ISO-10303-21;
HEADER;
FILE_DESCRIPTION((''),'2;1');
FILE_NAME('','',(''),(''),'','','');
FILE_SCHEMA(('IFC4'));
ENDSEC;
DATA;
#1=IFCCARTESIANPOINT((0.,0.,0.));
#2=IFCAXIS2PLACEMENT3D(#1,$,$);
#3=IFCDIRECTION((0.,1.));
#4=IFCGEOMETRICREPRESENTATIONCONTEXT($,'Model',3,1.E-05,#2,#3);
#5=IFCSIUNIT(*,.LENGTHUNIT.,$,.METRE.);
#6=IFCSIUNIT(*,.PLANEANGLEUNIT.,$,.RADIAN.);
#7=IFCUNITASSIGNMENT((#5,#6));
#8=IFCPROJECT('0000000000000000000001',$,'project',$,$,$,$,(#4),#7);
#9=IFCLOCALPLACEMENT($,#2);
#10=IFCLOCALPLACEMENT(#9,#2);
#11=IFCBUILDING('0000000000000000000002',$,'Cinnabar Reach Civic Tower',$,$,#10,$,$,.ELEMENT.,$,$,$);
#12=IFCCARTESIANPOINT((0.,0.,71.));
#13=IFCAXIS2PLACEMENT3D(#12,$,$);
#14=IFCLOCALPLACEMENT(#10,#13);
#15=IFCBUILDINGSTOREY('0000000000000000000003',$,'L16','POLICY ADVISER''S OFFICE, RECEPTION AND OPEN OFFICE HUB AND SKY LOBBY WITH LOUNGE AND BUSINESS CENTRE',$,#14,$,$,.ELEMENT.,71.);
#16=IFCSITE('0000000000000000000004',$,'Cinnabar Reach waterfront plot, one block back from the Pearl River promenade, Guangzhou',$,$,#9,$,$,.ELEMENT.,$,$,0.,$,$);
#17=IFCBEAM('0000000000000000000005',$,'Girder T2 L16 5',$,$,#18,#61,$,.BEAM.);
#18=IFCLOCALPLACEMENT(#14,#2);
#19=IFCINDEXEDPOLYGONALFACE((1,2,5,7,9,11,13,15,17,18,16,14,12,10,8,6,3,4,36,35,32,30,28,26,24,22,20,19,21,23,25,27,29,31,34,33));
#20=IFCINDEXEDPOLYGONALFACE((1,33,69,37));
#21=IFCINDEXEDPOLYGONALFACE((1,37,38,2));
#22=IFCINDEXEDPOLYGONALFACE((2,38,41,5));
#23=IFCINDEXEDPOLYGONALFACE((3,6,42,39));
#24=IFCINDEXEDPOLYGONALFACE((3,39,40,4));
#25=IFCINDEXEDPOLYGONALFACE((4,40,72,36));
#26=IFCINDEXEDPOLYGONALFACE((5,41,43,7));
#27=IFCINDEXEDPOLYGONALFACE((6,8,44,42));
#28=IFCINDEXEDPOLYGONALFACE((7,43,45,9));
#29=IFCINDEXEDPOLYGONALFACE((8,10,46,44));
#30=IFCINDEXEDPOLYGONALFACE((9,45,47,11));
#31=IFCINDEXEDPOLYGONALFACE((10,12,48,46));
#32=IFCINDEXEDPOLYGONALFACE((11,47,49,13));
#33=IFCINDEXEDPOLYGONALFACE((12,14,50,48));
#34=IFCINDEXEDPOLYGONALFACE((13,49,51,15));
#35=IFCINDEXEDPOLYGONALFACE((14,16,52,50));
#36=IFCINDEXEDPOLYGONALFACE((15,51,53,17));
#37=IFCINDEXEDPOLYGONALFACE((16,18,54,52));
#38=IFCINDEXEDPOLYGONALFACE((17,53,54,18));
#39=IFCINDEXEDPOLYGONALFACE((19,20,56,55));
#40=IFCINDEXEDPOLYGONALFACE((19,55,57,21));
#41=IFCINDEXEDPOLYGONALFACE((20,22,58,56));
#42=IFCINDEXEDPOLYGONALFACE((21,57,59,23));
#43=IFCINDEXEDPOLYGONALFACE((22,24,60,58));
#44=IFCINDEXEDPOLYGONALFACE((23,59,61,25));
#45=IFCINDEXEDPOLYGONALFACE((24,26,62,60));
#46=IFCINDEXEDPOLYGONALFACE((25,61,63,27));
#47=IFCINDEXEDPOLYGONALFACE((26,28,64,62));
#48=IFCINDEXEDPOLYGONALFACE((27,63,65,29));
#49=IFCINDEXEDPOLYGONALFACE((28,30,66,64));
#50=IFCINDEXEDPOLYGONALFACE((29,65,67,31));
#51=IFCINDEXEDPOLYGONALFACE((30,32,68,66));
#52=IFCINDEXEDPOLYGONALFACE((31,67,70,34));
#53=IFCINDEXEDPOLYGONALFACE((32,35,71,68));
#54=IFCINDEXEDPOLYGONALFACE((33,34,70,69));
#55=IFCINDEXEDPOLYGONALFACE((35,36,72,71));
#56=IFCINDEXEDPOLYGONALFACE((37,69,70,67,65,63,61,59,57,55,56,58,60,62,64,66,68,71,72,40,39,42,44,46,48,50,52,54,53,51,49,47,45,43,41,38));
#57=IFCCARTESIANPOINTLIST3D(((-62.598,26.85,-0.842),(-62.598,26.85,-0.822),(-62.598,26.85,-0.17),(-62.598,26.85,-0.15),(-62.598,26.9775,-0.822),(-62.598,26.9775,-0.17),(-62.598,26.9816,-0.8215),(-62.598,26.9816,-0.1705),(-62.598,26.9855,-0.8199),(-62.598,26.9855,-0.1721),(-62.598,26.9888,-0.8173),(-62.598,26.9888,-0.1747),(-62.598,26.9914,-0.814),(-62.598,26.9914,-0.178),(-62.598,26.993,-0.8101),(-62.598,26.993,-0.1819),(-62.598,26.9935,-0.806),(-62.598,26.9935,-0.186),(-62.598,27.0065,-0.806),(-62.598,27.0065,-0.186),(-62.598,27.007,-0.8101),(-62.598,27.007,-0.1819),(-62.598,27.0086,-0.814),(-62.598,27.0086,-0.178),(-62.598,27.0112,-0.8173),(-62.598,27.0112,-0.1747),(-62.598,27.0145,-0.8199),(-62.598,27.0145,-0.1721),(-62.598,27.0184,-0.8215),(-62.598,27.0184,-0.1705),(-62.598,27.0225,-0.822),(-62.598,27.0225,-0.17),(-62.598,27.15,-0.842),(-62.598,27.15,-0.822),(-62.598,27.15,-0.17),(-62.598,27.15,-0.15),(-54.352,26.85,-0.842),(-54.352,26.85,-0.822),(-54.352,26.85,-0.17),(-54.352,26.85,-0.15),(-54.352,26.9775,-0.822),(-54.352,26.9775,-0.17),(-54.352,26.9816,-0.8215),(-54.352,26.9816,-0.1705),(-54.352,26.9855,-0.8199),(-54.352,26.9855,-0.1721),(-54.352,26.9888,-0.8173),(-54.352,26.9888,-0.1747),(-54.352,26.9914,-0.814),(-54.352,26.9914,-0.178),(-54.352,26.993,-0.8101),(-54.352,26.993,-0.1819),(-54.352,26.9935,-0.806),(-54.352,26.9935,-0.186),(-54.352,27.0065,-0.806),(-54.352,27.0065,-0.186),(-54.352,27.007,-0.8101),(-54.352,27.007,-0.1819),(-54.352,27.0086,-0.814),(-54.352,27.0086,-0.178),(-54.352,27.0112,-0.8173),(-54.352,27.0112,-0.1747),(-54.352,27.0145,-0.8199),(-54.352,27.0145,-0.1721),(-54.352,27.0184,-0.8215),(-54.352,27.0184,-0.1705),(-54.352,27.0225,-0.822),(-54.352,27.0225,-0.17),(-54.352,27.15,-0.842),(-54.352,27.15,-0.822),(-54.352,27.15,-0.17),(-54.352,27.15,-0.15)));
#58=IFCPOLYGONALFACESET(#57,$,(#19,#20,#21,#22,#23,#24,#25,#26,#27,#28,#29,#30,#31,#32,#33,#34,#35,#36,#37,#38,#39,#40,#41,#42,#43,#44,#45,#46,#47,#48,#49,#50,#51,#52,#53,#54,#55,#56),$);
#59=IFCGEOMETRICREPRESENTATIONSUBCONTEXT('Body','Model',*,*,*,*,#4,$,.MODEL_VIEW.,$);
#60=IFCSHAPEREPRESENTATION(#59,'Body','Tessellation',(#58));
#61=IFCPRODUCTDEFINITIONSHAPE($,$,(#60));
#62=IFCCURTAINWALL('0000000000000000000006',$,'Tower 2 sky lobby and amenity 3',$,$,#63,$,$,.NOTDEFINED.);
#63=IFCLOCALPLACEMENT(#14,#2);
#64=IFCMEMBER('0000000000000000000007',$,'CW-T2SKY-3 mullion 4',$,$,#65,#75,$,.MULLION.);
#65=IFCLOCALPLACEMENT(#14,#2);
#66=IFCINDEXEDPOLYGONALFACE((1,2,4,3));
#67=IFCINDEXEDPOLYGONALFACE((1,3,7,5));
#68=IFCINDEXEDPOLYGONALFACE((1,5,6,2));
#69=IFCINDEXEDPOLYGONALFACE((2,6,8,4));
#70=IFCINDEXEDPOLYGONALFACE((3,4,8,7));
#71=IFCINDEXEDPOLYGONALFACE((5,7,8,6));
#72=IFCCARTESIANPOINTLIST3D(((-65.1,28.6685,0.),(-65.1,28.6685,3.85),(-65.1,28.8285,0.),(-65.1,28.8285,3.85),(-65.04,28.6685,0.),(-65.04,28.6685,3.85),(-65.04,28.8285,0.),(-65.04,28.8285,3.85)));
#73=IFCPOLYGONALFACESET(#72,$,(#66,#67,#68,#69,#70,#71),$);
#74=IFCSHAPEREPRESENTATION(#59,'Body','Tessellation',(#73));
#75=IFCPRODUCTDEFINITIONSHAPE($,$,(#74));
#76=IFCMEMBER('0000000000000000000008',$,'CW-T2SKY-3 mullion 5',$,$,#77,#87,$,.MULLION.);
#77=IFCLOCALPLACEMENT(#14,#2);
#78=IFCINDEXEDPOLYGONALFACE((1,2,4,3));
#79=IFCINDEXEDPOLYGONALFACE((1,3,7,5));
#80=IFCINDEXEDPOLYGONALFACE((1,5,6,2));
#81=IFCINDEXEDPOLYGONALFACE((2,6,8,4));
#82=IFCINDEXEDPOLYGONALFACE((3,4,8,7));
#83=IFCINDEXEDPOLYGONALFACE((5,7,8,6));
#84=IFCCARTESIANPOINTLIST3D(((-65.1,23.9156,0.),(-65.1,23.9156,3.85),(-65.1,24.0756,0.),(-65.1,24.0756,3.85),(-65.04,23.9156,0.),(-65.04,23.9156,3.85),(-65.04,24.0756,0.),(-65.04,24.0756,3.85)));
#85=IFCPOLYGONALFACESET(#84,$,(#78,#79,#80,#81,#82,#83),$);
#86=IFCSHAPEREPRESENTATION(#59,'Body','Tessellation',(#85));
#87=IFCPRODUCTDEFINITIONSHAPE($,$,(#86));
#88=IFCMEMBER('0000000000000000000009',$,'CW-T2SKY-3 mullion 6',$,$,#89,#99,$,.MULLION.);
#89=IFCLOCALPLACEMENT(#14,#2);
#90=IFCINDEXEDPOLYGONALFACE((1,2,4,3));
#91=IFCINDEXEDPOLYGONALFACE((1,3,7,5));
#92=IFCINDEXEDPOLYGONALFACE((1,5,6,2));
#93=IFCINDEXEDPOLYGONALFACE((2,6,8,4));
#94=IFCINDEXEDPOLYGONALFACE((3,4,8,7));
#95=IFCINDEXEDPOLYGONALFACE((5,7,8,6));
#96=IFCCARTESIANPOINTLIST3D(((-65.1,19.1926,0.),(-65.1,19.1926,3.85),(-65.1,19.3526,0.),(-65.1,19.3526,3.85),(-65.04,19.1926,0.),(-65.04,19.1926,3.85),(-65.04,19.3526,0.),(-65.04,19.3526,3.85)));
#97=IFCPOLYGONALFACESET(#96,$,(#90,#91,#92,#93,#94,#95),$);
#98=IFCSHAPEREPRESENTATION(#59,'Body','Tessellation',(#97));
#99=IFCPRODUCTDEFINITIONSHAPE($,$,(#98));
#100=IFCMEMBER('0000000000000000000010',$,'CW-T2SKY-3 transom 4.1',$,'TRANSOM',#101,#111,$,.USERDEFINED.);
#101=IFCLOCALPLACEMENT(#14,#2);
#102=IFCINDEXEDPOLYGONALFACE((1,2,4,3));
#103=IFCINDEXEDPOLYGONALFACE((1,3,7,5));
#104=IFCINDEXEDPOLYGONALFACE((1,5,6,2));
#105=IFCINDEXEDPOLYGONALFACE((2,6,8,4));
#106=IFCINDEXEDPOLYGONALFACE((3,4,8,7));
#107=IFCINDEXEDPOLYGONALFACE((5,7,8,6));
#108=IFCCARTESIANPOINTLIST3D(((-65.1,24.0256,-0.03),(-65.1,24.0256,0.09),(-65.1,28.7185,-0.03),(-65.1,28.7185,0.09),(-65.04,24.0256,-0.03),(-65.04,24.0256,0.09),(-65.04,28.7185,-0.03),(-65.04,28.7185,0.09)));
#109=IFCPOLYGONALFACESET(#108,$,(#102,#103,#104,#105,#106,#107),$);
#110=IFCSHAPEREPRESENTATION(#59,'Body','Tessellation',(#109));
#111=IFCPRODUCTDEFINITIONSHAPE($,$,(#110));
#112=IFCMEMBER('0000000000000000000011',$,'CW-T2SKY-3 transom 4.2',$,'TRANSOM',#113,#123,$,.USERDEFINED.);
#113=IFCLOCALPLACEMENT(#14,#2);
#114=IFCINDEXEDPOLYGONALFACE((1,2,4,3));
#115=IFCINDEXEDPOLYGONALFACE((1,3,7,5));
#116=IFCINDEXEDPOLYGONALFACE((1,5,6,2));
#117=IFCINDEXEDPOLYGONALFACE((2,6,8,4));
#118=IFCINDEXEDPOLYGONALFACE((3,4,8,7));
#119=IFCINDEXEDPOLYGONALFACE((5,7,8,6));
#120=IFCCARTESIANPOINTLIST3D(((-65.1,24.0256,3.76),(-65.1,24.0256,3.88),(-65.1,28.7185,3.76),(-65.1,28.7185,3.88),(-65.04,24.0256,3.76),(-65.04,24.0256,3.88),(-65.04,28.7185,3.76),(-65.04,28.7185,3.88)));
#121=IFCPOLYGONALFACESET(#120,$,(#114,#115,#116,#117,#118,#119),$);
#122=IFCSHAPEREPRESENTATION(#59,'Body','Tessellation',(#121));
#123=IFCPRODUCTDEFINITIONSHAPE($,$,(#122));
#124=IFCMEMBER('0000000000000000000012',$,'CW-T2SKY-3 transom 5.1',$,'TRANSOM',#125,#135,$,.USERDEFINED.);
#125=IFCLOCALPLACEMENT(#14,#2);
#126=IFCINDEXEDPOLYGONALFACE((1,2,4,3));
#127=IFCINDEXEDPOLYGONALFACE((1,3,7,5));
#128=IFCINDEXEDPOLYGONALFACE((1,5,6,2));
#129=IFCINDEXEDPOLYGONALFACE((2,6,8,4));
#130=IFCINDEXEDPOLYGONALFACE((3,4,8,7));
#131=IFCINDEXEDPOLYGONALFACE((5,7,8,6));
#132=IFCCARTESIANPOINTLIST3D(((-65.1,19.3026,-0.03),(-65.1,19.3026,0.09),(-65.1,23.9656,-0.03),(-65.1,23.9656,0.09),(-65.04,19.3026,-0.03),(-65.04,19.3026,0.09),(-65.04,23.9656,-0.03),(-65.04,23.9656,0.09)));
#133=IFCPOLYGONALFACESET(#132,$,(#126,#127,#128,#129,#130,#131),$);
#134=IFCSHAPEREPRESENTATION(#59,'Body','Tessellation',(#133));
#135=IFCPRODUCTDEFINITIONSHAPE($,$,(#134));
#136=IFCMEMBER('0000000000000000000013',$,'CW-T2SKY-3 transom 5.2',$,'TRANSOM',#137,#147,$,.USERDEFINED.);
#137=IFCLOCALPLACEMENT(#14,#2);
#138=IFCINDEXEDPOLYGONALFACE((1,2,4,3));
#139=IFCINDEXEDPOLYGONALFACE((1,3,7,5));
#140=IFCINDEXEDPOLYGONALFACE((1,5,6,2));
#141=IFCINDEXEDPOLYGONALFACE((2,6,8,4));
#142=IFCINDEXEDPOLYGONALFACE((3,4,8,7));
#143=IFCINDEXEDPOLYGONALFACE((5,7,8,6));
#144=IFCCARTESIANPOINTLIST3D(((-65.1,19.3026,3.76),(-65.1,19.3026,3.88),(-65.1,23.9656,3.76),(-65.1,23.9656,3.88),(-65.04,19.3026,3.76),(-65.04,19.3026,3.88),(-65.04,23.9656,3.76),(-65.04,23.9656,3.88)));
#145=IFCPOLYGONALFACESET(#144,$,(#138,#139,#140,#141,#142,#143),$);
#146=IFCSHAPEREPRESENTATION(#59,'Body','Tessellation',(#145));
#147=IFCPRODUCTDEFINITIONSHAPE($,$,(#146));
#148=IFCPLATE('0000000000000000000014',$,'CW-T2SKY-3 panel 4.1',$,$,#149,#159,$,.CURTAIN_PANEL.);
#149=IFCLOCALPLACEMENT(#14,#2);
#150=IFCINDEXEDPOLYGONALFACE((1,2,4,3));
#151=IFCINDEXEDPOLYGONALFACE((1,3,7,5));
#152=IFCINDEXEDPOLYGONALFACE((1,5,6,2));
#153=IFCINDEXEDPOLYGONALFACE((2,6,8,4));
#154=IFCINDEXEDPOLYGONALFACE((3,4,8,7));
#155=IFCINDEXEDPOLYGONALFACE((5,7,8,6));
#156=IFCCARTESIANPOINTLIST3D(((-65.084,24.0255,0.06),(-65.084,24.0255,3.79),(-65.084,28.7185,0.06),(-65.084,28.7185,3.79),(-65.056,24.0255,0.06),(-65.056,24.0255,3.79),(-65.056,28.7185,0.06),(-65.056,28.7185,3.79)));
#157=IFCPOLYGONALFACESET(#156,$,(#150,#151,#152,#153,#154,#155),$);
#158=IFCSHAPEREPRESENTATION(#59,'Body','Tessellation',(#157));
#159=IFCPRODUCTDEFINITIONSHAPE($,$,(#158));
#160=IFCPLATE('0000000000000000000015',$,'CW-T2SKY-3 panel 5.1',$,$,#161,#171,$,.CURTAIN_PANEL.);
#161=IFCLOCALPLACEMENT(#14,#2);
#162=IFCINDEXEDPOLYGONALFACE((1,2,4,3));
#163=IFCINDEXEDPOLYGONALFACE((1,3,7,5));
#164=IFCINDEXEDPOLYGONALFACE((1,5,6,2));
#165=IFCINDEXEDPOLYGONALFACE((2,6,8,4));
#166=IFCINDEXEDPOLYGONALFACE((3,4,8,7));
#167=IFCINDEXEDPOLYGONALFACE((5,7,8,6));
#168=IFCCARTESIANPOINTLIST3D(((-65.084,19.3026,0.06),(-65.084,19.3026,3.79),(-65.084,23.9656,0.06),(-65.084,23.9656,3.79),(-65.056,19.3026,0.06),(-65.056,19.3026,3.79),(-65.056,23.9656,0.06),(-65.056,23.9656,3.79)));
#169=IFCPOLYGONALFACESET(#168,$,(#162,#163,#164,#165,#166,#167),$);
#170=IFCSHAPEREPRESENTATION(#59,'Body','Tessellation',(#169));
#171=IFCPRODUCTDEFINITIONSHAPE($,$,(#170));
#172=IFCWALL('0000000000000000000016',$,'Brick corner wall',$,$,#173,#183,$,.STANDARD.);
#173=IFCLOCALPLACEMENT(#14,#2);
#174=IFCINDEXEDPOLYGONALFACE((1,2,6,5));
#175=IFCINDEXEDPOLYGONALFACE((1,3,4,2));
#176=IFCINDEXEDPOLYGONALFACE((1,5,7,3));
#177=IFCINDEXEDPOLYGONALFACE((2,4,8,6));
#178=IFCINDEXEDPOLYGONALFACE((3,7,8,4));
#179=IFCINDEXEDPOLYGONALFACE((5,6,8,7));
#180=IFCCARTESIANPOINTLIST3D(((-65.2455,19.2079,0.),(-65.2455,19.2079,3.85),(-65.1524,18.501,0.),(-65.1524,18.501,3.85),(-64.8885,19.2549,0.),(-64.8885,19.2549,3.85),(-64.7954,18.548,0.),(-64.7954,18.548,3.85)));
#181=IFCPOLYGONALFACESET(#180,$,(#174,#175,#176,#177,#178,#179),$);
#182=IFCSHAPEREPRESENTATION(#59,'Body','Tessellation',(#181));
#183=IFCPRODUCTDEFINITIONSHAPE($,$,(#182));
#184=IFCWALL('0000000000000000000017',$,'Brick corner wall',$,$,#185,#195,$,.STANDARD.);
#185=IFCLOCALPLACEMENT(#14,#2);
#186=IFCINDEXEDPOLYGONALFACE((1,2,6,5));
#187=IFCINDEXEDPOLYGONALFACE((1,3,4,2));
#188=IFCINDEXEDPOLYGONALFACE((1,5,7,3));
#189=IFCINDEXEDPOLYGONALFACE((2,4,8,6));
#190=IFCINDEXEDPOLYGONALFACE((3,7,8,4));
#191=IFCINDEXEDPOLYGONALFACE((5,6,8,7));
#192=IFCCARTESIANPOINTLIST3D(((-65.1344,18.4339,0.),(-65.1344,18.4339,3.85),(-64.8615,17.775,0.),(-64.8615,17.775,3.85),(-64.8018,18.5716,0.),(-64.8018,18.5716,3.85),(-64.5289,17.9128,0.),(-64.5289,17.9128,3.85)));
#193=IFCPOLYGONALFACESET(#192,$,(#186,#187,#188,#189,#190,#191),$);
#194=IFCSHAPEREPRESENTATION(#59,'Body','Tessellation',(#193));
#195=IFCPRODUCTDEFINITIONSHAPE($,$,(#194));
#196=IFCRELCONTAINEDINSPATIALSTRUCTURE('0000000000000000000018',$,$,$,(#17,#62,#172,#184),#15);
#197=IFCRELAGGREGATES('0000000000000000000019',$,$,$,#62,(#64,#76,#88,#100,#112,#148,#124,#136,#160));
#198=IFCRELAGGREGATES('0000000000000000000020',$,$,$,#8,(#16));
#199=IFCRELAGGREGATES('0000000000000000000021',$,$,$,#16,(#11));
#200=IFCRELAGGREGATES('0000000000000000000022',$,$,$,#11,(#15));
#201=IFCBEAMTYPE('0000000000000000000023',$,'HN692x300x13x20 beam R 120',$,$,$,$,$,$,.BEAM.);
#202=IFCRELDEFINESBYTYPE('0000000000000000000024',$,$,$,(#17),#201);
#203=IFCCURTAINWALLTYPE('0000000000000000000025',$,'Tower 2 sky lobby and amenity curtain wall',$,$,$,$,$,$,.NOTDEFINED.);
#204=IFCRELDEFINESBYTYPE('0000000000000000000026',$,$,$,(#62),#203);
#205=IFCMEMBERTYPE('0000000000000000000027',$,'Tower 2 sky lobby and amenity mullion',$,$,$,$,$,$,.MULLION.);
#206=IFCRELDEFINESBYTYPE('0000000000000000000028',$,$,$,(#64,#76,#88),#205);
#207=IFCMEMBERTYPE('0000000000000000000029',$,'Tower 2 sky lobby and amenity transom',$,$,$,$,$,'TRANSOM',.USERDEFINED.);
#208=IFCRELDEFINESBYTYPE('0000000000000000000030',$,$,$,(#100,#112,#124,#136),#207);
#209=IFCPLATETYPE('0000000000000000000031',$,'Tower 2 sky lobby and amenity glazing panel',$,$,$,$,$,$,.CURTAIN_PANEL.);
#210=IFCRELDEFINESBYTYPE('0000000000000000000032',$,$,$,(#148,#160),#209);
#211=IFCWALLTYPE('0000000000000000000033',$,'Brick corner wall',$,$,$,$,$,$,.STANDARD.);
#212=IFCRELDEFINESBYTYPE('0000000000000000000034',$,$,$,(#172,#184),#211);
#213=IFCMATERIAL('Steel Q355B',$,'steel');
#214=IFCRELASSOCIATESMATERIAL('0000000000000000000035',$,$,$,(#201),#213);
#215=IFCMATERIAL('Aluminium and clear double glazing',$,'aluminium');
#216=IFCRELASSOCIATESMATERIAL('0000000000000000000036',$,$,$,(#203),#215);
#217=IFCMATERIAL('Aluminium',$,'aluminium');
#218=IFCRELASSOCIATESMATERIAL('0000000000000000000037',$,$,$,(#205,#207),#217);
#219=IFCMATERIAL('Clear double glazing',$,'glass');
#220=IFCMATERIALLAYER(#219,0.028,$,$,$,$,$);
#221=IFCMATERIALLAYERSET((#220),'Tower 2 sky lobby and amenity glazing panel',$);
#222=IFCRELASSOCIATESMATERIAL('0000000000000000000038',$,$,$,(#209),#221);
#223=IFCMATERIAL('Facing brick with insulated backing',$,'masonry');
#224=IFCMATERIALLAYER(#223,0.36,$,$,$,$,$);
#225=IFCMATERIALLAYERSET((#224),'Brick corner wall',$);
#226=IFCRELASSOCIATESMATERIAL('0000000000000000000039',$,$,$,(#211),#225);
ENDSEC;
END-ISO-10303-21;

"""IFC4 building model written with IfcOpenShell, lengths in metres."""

from ifc_helpers import new_model, si_unit, direction, frame, frame_2d, origin, origin_2d, place, context, subcontext, project, spatial, rectangle, i_section, extrude, material, layer, layer_set, material_profile, profile_set, type_object, element, aggregate, save


model = new_model("IFC4")

# Units and contexts
model_context = context("Model", 3, precision=1e-05, world=origin(), true_north=direction((0.0, 1.0)))
body_context = subcontext(model_context, "Body", "Model", "MODEL_VIEW")
ifc_project = project(units=[si_unit("LENGTHUNIT", "METRE"), si_unit("PLANEANGLEUNIT", "RADIAN")], contexts=[model_context])

# Site, building, storey
site_placement = place(None, origin())
site = spatial("IfcSite", under=ifc_project, at=site_placement, Name="Cinnabar Reach waterfront plot, one block back from the Pearl River promenade, Guangzhou", CompositionType="ELEMENT", RefElevation=0.0)
building_placement = place(site_placement, origin())
building = spatial("IfcBuilding", under=site, at=building_placement, Name="Cinnabar Reach Civic Tower", CompositionType="ELEMENT")
storey_placement = place(building_placement, frame((0.0, 0.0, 71.0)))
storey = spatial("IfcBuildingStorey", under=building, at=storey_placement, Name="L16", Description="POLICY ADVISER'S OFFICE, RECEPTION AND OPEN OFFICE HUB AND SKY LOBBY WITH LOUNGE AND BUSINESS CENTRE", CompositionType="ELEMENT", Elevation=71.0)

# Beam
ifc_material_1 = material(Name="Steel Q355B", Category="steel")
ifc_material_profile_1 = material_profile(ifc_material_1, i_section(OverallWidth=0.3, OverallDepth=0.692, WebThickness=0.013, FlangeThickness=0.02, FilletRadius=0.016, at=origin_2d()), Name="HN692x300x13x20")
ifc_profile_set_1 = profile_set([ifc_material_profile_1], Name="Steel Q355B")
beam_type_1 = type_object("IfcBeamType", Name="HN692x300x13x20 beam R 120", PredefinedType="BEAM", material=ifc_profile_set_1)
beam_1_placement = place(storey_placement, frame((-62.598, 27.0, -0.496), z_axis=(1.0, 0.0, 0.0), x_axis=(0.0, 1.0, 0.0)))
element("IfcBeam", 1, at=beam_1_placement, inside=storey, type_object=beam_type_1, Name="Girder T2 L16 5", PredefinedType="BEAM", context=body_context, shape_type="SweptSolid", body=[
    extrude(i_section(OverallWidth=0.3, OverallDepth=0.692, WebThickness=0.013, FlangeThickness=0.02, FilletRadius=0.016, at=origin_2d()), origin(), (0.0, 0.0, 1.0), 8.246),
])

# Curtain wall, members, plates
ifc_material_2 = material(Name="Aluminium and clear double glazing", Category="aluminium")
curtain_wall_type = type_object("IfcCurtainWallType", Name="Tower 2 sky lobby and amenity curtain wall", PredefinedType="NOTDEFINED", material=ifc_material_2)
curtain_wall_placement = place(storey_placement, origin())
curtain_wall = element("IfcCurtainWall", 2, at=curtain_wall_placement, inside=storey, type_object=curtain_wall_type, Name="Tower 2 sky lobby and amenity 3", PredefinedType="NOTDEFINED")
ifc_material_3 = material(Name="Aluminium", Category="aluminium")
ifc_material_profile_2 = material_profile(ifc_material_3, rectangle(XDim=0.06, YDim=0.16, at=origin_2d()), Name="Tower 2 sky lobby and amenity mullion")
ifc_profile_set_2 = profile_set([ifc_material_profile_2], Name="Aluminium")
member_type_1 = type_object("IfcMemberType", Name="Tower 2 sky lobby and amenity mullion", PredefinedType="MULLION", material=ifc_profile_set_2)
member_1_placement = place(storey_placement, frame((-65.07, 28.7485, 0.0), z_axis=(0.0, 0.0, 1.0), x_axis=(1.0, 0.0, 0.0)))
member_1 = element("IfcMember", 3, at=member_1_placement, type_object=member_type_1, Name="CW-T2SKY-3 mullion 4", PredefinedType="MULLION", context=body_context, shape_type="SweptSolid", body=[
    extrude(rectangle(XDim=0.06, YDim=0.16, at=origin_2d()), origin(), (0.0, 0.0, 1.0), 3.85),
])
member_2_placement = place(storey_placement, frame((-65.07, 23.9956, 0.0), z_axis=(0.0, 0.0, 1.0), x_axis=(1.0, 0.0, 0.0)))
member_2 = element("IfcMember", 4, at=member_2_placement, type_object=member_type_1, Name="CW-T2SKY-3 mullion 5", PredefinedType="MULLION", context=body_context, shape_type="SweptSolid", body=[
    extrude(rectangle(XDim=0.06, YDim=0.16, at=origin_2d()), origin(), (0.0, 0.0, 1.0), 3.85),
])
member_3_placement = place(storey_placement, frame((-65.07, 19.2726, 0.0), z_axis=(0.0, 0.0, 1.0), x_axis=(1.0, 0.0, 0.0)))
member_3 = element("IfcMember", 5, at=member_3_placement, type_object=member_type_1, Name="CW-T2SKY-3 mullion 6", PredefinedType="MULLION", context=body_context, shape_type="SweptSolid", body=[
    extrude(rectangle(XDim=0.06, YDim=0.16, at=origin_2d()), origin(), (0.0, 0.0, 1.0), 3.85),
])
ifc_material_profile_3 = material_profile(ifc_material_3, rectangle(XDim=0.06, YDim=0.12, at=origin_2d()), Name="Tower 2 sky lobby and amenity transom")
ifc_profile_set_3 = profile_set([ifc_material_profile_3], Name="Aluminium")
member_type_2 = type_object("IfcMemberType", Name="Tower 2 sky lobby and amenity transom", ElementType="TRANSOM", PredefinedType="USERDEFINED", material=ifc_profile_set_3)
member_4_placement = place(storey_placement, frame((-65.07, 28.7185, 0.03), z_axis=(0.0, -1.0, 0.0), x_axis=(1.0, 0.0, 0.0)))
member_4 = element("IfcMember", 6, at=member_4_placement, type_object=member_type_2, Name="CW-T2SKY-3 transom 4.1", ObjectType="TRANSOM", PredefinedType="USERDEFINED", context=body_context, shape_type="SweptSolid", body=[
    extrude(rectangle(XDim=0.06, YDim=0.12, at=origin_2d()), origin(), (0.0, 0.0, 1.0), 4.6929),
])
member_5_placement = place(storey_placement, frame((-65.07, 28.7185, 3.82), z_axis=(0.0, -1.0, 0.0), x_axis=(1.0, 0.0, 0.0)))
member_5 = element("IfcMember", 7, at=member_5_placement, type_object=member_type_2, Name="CW-T2SKY-3 transom 4.2", ObjectType="TRANSOM", PredefinedType="USERDEFINED", context=body_context, shape_type="SweptSolid", body=[
    extrude(rectangle(XDim=0.06, YDim=0.12, at=origin_2d()), origin(), (0.0, 0.0, 1.0), 4.6929),
])
member_6_placement = place(storey_placement, frame((-65.07, 23.9656, 0.03), z_axis=(0.0, -1.0, 0.0), x_axis=(1.0, 0.0, 0.0)))
member_6 = element("IfcMember", 8, at=member_6_placement, type_object=member_type_2, Name="CW-T2SKY-3 transom 5.1", ObjectType="TRANSOM", PredefinedType="USERDEFINED", context=body_context, shape_type="SweptSolid", body=[
    extrude(rectangle(XDim=0.06, YDim=0.12, at=origin_2d()), origin(), (0.0, 0.0, 1.0), 4.663),
])
member_7_placement = place(storey_placement, frame((-65.07, 23.9656, 3.82), z_axis=(0.0, -1.0, 0.0), x_axis=(1.0, 0.0, 0.0)))
member_7 = element("IfcMember", 9, at=member_7_placement, type_object=member_type_2, Name="CW-T2SKY-3 transom 5.2", ObjectType="TRANSOM", PredefinedType="USERDEFINED", context=body_context, shape_type="SweptSolid", body=[
    extrude(rectangle(XDim=0.06, YDim=0.12, at=origin_2d()), origin(), (0.0, 0.0, 1.0), 4.663),
])
ifc_material_4 = material(Name="Clear double glazing", Category="glass")
ifc_layer_1 = layer(ifc_material_4, 0.028)
ifc_layer_set_1 = layer_set([ifc_layer_1], Name="Tower 2 sky lobby and amenity glazing panel")
plate_type = type_object("IfcPlateType", Name="Tower 2 sky lobby and amenity glazing panel", PredefinedType="CURTAIN_PANEL", material=ifc_layer_set_1)
plate_1_placement = place(storey_placement, frame((-65.07, 26.372, 0.06), z_axis=(0.0, 0.0, 1.0), x_axis=(0.0, -1.0, 0.0)))
plate_1 = element("IfcPlate", 10, at=plate_1_placement, type_object=plate_type, Name="CW-T2SKY-3 panel 4.1", PredefinedType="CURTAIN_PANEL", context=body_context, shape_type="SweptSolid", body=[
    extrude(rectangle(XDim=4.693, YDim=0.028, at=origin_2d()), origin(), (0.0, 0.0, 1.0), 3.73),
])
plate_2_placement = place(storey_placement, frame((-65.07, 21.6341, 0.06), z_axis=(0.0, 0.0, 1.0), x_axis=(0.0, -1.0, 0.0)))
plate_2 = element("IfcPlate", 11, at=plate_2_placement, type_object=plate_type, Name="CW-T2SKY-3 panel 5.1", PredefinedType="CURTAIN_PANEL", context=body_context, shape_type="SweptSolid", body=[
    extrude(rectangle(XDim=4.663, YDim=0.028, at=origin_2d()), origin(), (0.0, 0.0, 1.0), 3.73),
])
aggregate(curtain_wall, [member_1, member_2, member_3, member_4, member_5, plate_1, member_6, member_7, plate_2])

# Walls
ifc_material_5 = material(Name="Facing brick with insulated backing", Category="masonry")
ifc_layer_2 = layer(ifc_material_5, 0.36)
ifc_layer_set_2 = layer_set([ifc_layer_2], Name="Brick corner wall")
wall_type_1 = type_object("IfcWallType", Name="Brick corner wall", PredefinedType="STANDARD", material=ifc_layer_set_2)
for number, where, z_axis, x_axis, name in (
    (12, (-65.067, 19.2314, 0.0), (0.0, 0.0, 1.0), (0.130556, -0.991441, 0.0), "Brick corner wall"),
    (13, (-64.9681, 18.5027, 0.0), (0.0, 0.0, 1.0), (0.382703, -0.923872, 0.0), "Brick corner wall"),
):
    element("IfcWall", number, at=place(storey_placement, frame(where, z_axis=z_axis, x_axis=x_axis)), inside=storey, type_object=wall_type_1, Name=name, PredefinedType="STANDARD", context=body_context, shape_type="SweptSolid", body=[
        extrude(rectangle(XDim=0.7131, YDim=0.36, at=frame_2d((0.3565, 0.0))), origin(), (0.0, 0.0, 1.0), 3.85),
    ])

save(model, "model.ifc")
